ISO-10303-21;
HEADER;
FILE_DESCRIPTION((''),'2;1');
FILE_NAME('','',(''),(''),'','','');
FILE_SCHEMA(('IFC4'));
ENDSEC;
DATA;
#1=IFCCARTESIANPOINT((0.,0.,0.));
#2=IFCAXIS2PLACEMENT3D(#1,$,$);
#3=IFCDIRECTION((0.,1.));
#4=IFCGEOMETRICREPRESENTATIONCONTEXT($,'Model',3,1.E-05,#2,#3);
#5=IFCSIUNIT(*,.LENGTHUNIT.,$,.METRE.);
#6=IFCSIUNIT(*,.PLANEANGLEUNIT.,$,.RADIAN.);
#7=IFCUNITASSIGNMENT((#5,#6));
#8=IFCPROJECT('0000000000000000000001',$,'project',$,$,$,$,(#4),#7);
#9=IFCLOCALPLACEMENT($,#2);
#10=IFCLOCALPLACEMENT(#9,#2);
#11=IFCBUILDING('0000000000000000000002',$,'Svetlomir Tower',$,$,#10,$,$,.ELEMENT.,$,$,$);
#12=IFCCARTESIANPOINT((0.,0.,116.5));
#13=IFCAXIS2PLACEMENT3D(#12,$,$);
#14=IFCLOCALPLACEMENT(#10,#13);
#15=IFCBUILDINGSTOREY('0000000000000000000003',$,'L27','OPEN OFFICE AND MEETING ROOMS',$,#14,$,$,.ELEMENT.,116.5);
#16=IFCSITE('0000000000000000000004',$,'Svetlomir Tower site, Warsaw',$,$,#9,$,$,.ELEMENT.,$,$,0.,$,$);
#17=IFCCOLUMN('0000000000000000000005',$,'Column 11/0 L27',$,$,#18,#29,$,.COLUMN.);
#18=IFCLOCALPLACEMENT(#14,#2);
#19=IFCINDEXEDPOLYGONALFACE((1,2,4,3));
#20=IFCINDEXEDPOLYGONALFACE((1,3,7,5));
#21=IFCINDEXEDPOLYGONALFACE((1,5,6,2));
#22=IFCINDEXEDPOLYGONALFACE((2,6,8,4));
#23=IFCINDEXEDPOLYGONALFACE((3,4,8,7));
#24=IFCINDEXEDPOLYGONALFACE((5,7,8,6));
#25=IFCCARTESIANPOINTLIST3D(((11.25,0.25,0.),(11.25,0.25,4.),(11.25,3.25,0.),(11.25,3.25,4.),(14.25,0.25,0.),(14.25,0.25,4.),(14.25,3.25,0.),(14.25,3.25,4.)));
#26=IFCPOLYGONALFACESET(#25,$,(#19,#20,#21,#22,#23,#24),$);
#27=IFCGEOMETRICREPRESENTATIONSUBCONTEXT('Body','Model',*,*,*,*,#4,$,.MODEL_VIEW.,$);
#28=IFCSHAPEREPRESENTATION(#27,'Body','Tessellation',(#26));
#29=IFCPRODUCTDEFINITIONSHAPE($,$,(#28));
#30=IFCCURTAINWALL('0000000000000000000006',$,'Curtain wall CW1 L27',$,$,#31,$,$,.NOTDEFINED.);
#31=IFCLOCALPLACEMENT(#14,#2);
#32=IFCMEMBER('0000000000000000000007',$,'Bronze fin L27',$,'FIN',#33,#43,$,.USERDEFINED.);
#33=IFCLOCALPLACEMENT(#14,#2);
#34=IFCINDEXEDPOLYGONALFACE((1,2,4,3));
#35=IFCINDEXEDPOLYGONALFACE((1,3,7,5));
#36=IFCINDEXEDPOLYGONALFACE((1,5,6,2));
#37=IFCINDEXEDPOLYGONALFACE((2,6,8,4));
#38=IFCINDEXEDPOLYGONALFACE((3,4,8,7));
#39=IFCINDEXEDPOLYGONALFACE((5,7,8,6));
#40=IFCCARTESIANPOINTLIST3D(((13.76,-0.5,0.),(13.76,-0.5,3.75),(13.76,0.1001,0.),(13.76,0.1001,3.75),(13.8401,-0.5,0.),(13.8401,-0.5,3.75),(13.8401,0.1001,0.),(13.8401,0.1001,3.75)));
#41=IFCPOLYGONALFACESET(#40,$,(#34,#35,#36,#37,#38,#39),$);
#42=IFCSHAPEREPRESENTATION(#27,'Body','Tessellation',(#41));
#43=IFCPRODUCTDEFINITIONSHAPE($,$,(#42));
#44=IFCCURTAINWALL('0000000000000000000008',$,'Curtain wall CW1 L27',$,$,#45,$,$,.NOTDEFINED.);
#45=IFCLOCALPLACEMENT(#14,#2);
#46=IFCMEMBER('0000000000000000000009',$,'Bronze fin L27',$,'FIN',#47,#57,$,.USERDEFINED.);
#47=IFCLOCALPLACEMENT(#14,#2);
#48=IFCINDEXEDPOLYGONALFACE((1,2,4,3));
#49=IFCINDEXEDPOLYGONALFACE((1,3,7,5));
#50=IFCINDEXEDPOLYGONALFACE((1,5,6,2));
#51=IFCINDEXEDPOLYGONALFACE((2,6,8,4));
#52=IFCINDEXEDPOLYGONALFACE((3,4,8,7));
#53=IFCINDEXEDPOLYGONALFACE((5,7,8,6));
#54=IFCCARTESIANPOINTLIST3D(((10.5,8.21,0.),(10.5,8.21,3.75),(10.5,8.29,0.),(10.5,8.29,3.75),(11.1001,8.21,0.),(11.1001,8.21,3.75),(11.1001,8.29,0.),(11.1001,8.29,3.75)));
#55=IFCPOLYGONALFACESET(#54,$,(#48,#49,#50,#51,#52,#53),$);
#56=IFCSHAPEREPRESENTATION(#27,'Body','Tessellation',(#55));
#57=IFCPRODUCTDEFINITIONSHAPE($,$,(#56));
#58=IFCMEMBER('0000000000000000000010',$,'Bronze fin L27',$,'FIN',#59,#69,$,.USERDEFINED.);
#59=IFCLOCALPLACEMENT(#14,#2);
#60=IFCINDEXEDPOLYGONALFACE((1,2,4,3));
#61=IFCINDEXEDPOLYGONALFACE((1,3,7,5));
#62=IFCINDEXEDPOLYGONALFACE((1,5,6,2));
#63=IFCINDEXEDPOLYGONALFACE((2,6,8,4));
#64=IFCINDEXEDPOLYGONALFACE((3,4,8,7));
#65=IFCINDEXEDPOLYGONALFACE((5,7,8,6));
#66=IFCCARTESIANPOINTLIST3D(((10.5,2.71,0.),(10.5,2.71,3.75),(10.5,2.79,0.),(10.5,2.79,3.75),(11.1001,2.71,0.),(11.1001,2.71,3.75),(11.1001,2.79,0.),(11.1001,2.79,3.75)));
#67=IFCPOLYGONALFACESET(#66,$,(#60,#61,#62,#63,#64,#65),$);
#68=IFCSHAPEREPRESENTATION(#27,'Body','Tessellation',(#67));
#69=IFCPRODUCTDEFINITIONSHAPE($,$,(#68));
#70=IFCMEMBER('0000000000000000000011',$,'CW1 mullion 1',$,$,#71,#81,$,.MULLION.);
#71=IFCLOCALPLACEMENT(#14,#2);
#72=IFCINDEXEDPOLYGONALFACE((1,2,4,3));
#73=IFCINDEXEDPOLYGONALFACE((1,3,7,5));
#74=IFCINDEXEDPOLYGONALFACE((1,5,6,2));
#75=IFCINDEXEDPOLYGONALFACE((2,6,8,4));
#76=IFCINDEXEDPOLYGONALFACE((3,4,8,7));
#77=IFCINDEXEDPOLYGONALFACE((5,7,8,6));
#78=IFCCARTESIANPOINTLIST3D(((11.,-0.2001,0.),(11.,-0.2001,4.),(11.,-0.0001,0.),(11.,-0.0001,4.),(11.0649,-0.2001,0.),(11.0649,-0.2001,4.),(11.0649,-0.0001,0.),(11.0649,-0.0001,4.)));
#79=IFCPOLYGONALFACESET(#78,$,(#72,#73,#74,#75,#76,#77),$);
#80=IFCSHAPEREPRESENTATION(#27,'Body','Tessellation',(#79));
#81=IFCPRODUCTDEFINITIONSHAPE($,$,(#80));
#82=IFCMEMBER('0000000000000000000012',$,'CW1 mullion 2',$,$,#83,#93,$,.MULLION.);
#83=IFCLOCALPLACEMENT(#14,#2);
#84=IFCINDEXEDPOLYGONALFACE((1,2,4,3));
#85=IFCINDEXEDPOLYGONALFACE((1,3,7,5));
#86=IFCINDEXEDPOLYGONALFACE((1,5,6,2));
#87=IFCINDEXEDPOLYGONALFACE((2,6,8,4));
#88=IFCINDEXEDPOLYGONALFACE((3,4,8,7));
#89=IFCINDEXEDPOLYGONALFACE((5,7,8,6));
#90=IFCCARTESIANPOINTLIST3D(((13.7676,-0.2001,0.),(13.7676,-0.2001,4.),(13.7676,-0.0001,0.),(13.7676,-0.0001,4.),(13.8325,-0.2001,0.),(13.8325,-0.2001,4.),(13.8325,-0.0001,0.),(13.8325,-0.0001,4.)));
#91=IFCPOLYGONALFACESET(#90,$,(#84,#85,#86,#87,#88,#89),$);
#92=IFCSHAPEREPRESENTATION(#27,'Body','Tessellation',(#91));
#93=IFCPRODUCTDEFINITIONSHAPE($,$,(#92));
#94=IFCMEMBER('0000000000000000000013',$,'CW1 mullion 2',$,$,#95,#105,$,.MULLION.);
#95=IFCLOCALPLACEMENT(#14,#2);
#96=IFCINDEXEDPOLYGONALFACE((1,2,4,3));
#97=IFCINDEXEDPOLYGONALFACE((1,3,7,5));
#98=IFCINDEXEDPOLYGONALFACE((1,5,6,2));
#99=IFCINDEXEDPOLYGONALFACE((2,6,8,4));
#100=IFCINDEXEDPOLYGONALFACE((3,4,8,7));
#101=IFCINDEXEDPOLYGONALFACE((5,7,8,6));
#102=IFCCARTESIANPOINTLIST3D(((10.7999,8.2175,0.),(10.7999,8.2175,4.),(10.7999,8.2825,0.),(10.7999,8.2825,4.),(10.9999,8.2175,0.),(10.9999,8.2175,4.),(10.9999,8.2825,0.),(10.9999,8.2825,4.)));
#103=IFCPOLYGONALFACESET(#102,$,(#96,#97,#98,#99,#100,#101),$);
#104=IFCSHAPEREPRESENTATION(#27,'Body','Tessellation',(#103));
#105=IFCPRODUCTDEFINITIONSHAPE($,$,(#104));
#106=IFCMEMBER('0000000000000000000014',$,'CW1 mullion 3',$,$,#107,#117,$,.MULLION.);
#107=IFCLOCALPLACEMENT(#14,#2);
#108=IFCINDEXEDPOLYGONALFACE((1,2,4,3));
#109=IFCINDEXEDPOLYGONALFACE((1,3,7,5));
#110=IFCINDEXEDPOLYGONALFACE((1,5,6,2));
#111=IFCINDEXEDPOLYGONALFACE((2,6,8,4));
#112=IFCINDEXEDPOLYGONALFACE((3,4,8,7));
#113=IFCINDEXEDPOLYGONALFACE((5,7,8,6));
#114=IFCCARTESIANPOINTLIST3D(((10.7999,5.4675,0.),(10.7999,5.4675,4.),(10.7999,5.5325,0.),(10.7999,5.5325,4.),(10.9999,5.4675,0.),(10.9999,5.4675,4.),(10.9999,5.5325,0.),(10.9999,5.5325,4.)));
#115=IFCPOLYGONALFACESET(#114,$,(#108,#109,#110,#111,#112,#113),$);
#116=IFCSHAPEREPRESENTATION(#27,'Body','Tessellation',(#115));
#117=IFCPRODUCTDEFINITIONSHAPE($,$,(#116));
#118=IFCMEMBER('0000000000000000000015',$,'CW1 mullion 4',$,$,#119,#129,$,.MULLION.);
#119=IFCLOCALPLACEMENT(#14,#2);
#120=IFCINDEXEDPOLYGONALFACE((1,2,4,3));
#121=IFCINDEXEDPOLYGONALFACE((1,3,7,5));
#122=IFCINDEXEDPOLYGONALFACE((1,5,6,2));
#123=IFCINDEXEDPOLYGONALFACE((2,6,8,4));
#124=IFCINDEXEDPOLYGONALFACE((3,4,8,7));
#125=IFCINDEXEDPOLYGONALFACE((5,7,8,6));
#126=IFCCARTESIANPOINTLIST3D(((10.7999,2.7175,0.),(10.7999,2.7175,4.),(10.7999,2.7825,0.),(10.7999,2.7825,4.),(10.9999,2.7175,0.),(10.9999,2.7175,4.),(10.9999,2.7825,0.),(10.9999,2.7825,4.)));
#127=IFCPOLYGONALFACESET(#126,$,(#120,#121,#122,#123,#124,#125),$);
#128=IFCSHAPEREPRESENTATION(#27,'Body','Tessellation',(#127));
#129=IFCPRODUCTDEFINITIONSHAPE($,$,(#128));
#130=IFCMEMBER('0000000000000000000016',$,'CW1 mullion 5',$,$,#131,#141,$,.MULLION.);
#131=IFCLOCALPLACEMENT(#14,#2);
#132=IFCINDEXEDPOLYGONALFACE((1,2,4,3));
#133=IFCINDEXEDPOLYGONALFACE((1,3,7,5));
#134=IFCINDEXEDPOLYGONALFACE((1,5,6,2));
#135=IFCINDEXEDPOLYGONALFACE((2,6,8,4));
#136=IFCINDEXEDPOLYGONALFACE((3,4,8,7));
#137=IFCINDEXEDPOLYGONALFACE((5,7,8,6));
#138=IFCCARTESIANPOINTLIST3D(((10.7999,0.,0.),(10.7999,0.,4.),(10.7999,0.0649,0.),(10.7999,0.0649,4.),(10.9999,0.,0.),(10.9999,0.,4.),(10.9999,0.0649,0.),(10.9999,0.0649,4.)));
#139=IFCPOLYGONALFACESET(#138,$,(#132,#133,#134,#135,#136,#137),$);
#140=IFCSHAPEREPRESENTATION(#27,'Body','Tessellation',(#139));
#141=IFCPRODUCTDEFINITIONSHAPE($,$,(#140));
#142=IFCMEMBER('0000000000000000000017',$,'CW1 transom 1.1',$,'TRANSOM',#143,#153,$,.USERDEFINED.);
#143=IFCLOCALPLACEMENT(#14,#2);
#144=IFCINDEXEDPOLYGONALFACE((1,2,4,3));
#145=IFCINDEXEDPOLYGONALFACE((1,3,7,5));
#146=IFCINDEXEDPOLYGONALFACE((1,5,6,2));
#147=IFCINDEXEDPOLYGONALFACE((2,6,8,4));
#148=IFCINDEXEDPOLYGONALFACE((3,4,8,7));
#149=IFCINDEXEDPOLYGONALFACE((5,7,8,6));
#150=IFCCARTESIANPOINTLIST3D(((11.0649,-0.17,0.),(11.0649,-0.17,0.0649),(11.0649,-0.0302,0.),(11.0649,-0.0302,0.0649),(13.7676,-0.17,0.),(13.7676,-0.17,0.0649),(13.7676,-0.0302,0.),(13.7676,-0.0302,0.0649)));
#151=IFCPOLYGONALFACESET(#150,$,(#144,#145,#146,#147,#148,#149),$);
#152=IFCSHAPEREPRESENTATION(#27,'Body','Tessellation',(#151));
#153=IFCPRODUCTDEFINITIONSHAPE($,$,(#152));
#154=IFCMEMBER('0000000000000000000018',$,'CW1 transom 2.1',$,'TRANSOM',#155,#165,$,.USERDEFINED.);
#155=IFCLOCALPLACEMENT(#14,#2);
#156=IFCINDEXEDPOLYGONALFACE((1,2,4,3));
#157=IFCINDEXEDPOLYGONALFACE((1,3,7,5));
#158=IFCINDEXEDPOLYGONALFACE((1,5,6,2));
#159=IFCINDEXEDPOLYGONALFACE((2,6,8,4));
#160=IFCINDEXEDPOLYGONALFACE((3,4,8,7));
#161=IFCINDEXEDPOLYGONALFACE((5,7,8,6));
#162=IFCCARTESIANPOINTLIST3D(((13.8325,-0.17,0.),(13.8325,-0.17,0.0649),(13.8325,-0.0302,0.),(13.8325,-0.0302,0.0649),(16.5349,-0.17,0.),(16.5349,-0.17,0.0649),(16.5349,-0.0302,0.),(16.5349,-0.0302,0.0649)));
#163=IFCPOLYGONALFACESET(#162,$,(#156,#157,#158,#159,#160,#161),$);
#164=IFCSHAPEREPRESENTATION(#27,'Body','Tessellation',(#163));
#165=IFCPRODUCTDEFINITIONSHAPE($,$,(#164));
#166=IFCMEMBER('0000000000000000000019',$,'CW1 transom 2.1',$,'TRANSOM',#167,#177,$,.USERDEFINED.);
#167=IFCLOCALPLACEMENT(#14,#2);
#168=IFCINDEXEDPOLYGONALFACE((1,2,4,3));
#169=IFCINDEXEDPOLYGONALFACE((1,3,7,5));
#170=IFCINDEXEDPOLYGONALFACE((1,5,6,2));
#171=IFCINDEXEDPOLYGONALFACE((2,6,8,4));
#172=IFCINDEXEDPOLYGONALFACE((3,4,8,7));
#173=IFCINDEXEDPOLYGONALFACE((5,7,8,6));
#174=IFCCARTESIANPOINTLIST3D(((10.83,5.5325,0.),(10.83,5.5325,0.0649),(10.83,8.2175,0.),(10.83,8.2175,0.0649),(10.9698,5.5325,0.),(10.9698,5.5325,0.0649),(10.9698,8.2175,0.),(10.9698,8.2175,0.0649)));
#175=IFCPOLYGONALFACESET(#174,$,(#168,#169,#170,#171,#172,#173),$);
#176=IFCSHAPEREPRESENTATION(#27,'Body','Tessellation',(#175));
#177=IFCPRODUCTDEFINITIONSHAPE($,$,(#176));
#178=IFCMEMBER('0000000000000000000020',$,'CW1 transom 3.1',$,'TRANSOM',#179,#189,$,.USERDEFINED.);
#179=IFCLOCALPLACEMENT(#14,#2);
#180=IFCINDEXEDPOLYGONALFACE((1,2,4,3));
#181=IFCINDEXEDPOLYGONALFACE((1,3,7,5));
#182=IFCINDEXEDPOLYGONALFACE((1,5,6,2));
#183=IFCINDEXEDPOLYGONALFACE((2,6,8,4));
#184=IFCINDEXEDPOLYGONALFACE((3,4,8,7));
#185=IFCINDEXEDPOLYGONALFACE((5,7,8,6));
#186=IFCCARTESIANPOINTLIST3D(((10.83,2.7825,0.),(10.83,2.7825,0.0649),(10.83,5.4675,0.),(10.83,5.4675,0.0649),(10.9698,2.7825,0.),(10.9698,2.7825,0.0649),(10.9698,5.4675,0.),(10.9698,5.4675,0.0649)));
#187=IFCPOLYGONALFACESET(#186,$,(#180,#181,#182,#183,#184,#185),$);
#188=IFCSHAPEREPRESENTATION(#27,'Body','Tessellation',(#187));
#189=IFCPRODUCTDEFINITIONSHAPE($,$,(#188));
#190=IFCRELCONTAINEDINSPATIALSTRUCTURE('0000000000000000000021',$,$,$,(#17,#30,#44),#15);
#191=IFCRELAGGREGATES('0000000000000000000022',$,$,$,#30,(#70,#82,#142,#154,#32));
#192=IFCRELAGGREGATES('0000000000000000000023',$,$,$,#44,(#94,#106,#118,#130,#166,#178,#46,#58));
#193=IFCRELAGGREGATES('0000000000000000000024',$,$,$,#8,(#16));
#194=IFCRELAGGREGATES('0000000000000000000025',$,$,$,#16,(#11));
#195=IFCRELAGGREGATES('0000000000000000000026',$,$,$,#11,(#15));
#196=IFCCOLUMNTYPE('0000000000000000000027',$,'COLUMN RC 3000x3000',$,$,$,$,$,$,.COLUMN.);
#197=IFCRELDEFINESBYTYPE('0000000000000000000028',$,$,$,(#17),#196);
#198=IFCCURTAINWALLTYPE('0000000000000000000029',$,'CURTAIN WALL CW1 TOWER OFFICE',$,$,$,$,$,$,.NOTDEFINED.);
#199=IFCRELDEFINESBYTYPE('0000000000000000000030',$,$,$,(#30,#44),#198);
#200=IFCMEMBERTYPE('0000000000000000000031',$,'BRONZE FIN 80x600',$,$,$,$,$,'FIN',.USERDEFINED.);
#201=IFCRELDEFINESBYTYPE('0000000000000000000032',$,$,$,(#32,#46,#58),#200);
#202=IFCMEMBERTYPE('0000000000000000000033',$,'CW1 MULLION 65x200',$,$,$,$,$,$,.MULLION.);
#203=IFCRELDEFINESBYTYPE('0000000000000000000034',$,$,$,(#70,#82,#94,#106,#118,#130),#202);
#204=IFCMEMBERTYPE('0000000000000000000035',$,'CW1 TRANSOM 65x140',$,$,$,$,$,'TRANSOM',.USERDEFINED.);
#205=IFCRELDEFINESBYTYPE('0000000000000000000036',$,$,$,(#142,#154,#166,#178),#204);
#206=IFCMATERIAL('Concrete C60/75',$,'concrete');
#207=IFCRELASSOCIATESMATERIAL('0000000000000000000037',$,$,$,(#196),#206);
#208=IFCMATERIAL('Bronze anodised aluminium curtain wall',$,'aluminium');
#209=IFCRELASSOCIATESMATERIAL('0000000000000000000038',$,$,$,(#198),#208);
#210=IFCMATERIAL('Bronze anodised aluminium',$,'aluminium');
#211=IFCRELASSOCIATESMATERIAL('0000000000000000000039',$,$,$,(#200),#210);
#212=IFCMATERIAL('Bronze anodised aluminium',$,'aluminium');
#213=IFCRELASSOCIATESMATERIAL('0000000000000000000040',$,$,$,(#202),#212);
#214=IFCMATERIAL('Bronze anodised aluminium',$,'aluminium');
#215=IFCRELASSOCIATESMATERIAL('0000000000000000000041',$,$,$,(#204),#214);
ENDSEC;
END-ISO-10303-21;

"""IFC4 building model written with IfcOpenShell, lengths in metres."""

from ifc_helpers import new_model, si_unit, direction, frame, origin, origin_2d, place, context, subcontext, project, spatial, rectangle, extrude, material, material_profile, profile_set, type_object, element, aggregate, save


model = new_model("IFC4")

# Units and contexts
model_context = context("Model", 3, precision=1e-05, world=origin(), true_north=direction((0.0, 1.0)))
body_context = subcontext(model_context, "Body", "Model", "MODEL_VIEW")
ifc_project = project(units=[si_unit("LENGTHUNIT", "METRE"), si_unit("PLANEANGLEUNIT", "RADIAN")], contexts=[model_context])

# Site, building, storey
site_placement = place(None, origin())
site = spatial("IfcSite", under=ifc_project, at=site_placement, Name="Svetlomir Tower site, Warsaw", CompositionType="ELEMENT", RefElevation=0.0)
building_placement = place(site_placement, origin())
building = spatial("IfcBuilding", under=site, at=building_placement, Name="Svetlomir Tower", CompositionType="ELEMENT")
storey_placement = place(building_placement, frame((0.0, 0.0, 116.5)))
storey = spatial("IfcBuildingStorey", under=building, at=storey_placement, Name="L27", Description="OPEN OFFICE AND MEETING ROOMS", CompositionType="ELEMENT", Elevation=116.5)

# Column
ifc_material_1 = material(Name="Concrete C60/75", Category="concrete")
ifc_material_profile_1 = material_profile(ifc_material_1, rectangle(XDim=3.0, YDim=3.0, at=origin_2d()), Name="RC 3000x3000")
ifc_profile_set_1 = profile_set([ifc_material_profile_1], Name="Concrete C60/75")
column_type = type_object("IfcColumnType", Name="COLUMN RC 3000x3000", PredefinedType="COLUMN", material=ifc_profile_set_1)
column_placement = place(storey_placement, frame((12.75, 1.75, 0.0), z_axis=(0.0, 0.0, 1.0), x_axis=(1.0, 0.0, 0.0)))
element("IfcColumn", 1, at=column_placement, inside=storey, type_object=column_type, Name="Column 11/0 L27", PredefinedType="COLUMN", context=body_context, shape_type="SweptSolid", body=[
    extrude(rectangle(XDim=3.0, YDim=3.0, at=origin_2d()), origin(), (0.0, 0.0, 1.0), 4.0),
])

# Curtain wall, member
ifc_material_2 = material(Name="Bronze anodised aluminium curtain wall", Category="aluminium")
curtain_wall_type = type_object("IfcCurtainWallType", Name="CURTAIN WALL CW1 TOWER OFFICE", PredefinedType="NOTDEFINED", material=ifc_material_2)
curtain_wall_1_placement = place(storey_placement, origin())
curtain_wall_1 = element("IfcCurtainWall", 2, at=curtain_wall_1_placement, inside=storey, type_object=curtain_wall_type, Name="Curtain wall CW1 L27", PredefinedType="NOTDEFINED")
ifc_material_3 = material(Name="Bronze anodised aluminium", Category="aluminium")
ifc_material_profile_2 = material_profile(ifc_material_3, rectangle(XDim=0.0801, YDim=0.6001, at=origin_2d()), Name="FIN 80x600")
ifc_profile_set_2 = profile_set([ifc_material_profile_2], Name="Bronze anodised aluminium 6063-T6")
member_type_1 = type_object("IfcMemberType", Name="BRONZE FIN 80x600", ElementType="FIN", PredefinedType="USERDEFINED", material=ifc_profile_set_2)
member_1_placement = place(storey_placement, frame((13.8, -0.2, 0.0), z_axis=(0.0, 0.0, 1.0), x_axis=(1.0, 0.0, 0.0)))
member_1 = element("IfcMember", 3, at=member_1_placement, type_object=member_type_1, Name="Bronze fin L27", ObjectType="FIN", PredefinedType="USERDEFINED", context=body_context, shape_type="SweptSolid", body=[
    extrude(rectangle(XDim=0.0801, YDim=0.6001, at=origin_2d()), origin(), (0.0, 0.0, 1.0), 3.75),
])

# Curtain wall, members
curtain_wall_2_placement = place(storey_placement, origin())
curtain_wall_2 = element("IfcCurtainWall", 4, at=curtain_wall_2_placement, inside=storey, type_object=curtain_wall_type, Name="Curtain wall CW1 L27", PredefinedType="NOTDEFINED")
member_2_placement = place(storey_placement, frame((10.8, 8.25, 0.0), z_axis=(0.0, 0.0, 1.0), x_axis=(0.0, 1.0, 0.0)))
member_2 = element("IfcMember", 5, at=member_2_placement, type_object=member_type_1, Name="Bronze fin L27", ObjectType="FIN", PredefinedType="USERDEFINED", context=body_context, shape_type="SweptSolid", body=[
    extrude(rectangle(XDim=0.0801, YDim=0.6001, at=origin_2d()), origin(), (0.0, 0.0, 1.0), 3.75),
])
member_3_placement = place(storey_placement, frame((10.8, 2.75, 0.0), z_axis=(0.0, 0.0, 1.0), x_axis=(0.0, 1.0, 0.0)))
member_3 = element("IfcMember", 6, at=member_3_placement, type_object=member_type_1, Name="Bronze fin L27", ObjectType="FIN", PredefinedType="USERDEFINED", context=body_context, shape_type="SweptSolid", body=[
    extrude(rectangle(XDim=0.0801, YDim=0.6001, at=origin_2d()), origin(), (0.0, 0.0, 1.0), 3.75),
])

# Members
ifc_material_4 = material(Name="Bronze anodised aluminium", Category="aluminium")
ifc_material_profile_3 = material_profile(ifc_material_4, rectangle(XDim=0.0649, YDim=0.2, at=origin_2d()), Name="AL 65x200")
ifc_profile_set_3 = profile_set([ifc_material_profile_3], Name="Bronze anodised aluminium 6063-T6")
member_type_2 = type_object("IfcMemberType", Name="CW1 MULLION 65x200", PredefinedType="MULLION", material=ifc_profile_set_3)
member_4_placement = place(storey_placement, frame((11.0325, -0.1001, 0.0), z_axis=(0.0, 0.0, 1.0), x_axis=(1.0, 0.0, 0.0)))
member_4 = element("IfcMember", 7, at=member_4_placement, type_object=member_type_2, Name="CW1 mullion 1", PredefinedType="MULLION", context=body_context, shape_type="SweptSolid", body=[
    extrude(rectangle(XDim=0.0649, YDim=0.2, at=origin_2d()), origin(), (0.0, 0.0, 1.0), 4.0),
])
member_5_placement = place(storey_placement, frame((13.8, -0.1001, 0.0), z_axis=(0.0, 0.0, 1.0), x_axis=(1.0, 0.0, 0.0)))
member_5 = element("IfcMember", 8, at=member_5_placement, type_object=member_type_2, Name="CW1 mullion 2", PredefinedType="MULLION", context=body_context, shape_type="SweptSolid", body=[
    extrude(rectangle(XDim=0.0649, YDim=0.2, at=origin_2d()), origin(), (0.0, 0.0, 1.0), 4.0),
])
member_6_placement = place(storey_placement, frame((10.8999, 8.25, 0.0), z_axis=(0.0, 0.0, 1.0), x_axis=(0.0, -1.0, 0.0)))
member_6 = element("IfcMember", 9, at=member_6_placement, type_object=member_type_2, Name="CW1 mullion 2", PredefinedType="MULLION", context=body_context, shape_type="SweptSolid", body=[
    extrude(rectangle(XDim=0.0649, YDim=0.2, at=origin_2d()), origin(), (0.0, 0.0, 1.0), 4.0),
])
member_7_placement = place(storey_placement, frame((10.8999, 5.5, 0.0), z_axis=(0.0, 0.0, 1.0), x_axis=(0.0, -1.0, 0.0)))
member_7 = element("IfcMember", 10, at=member_7_placement, type_object=member_type_2, Name="CW1 mullion 3", PredefinedType="MULLION", context=body_context, shape_type="SweptSolid", body=[
    extrude(rectangle(XDim=0.0649, YDim=0.2, at=origin_2d()), origin(), (0.0, 0.0, 1.0), 4.0),
])
member_8_placement = place(storey_placement, frame((10.8999, 2.75, 0.0), z_axis=(0.0, 0.0, 1.0), x_axis=(0.0, -1.0, 0.0)))
member_8 = element("IfcMember", 11, at=member_8_placement, type_object=member_type_2, Name="CW1 mullion 4", PredefinedType="MULLION", context=body_context, shape_type="SweptSolid", body=[
    extrude(rectangle(XDim=0.0649, YDim=0.2, at=origin_2d()), origin(), (0.0, 0.0, 1.0), 4.0),
])
member_9_placement = place(storey_placement, frame((10.8999, 0.0325, 0.0), z_axis=(0.0, 0.0, 1.0), x_axis=(0.0, -1.0, 0.0)))
member_9 = element("IfcMember", 12, at=member_9_placement, type_object=member_type_2, Name="CW1 mullion 5", PredefinedType="MULLION", context=body_context, shape_type="SweptSolid", body=[
    extrude(rectangle(XDim=0.0649, YDim=0.2, at=origin_2d()), origin(), (0.0, 0.0, 1.0), 4.0),
])
ifc_material_5 = material(Name="Bronze anodised aluminium", Category="aluminium")
ifc_material_profile_4 = material_profile(ifc_material_5, rectangle(XDim=0.1399, YDim=0.0649, at=origin_2d()), Name="AL 140x65")
ifc_profile_set_4 = profile_set([ifc_material_profile_4], Name="Bronze anodised aluminium 6063-T6")
member_type_3 = type_object("IfcMemberType", Name="CW1 TRANSOM 65x140", ElementType="TRANSOM", PredefinedType="USERDEFINED", material=ifc_profile_set_4)
member_10_placement = place(storey_placement, frame((11.0649, -0.1001, 0.0325), z_axis=(1.0, 0.0, 0.0), x_axis=(0.0, 1.0, 0.0)))
member_10 = element("IfcMember", 13, at=member_10_placement, type_object=member_type_3, Name="CW1 transom 1.1", ObjectType="TRANSOM", PredefinedType="USERDEFINED", context=body_context, shape_type="SweptSolid", body=[
    extrude(rectangle(XDim=0.1399, YDim=0.0649, at=origin_2d()), origin(), (0.0, 0.0, 1.0), 2.7026),
])
member_11_placement = place(storey_placement, frame((13.8325, -0.1001, 0.0325), z_axis=(1.0, 0.0, 0.0), x_axis=(0.0, 1.0, 0.0)))
member_11 = element("IfcMember", 14, at=member_11_placement, type_object=member_type_3, Name="CW1 transom 2.1", ObjectType="TRANSOM", PredefinedType="USERDEFINED", context=body_context, shape_type="SweptSolid", body=[
    extrude(rectangle(XDim=0.1399, YDim=0.0649, at=origin_2d()), origin(), (0.0, 0.0, 1.0), 2.7024),
])
member_12_placement = place(storey_placement, frame((10.8999, 8.2175, 0.0325), z_axis=(0.0, -1.0, 0.0), x_axis=(1.0, 0.0, 0.0)))
member_12 = element("IfcMember", 15, at=member_12_placement, type_object=member_type_3, Name="CW1 transom 2.1", ObjectType="TRANSOM", PredefinedType="USERDEFINED", context=body_context, shape_type="SweptSolid", body=[
    extrude(rectangle(XDim=0.1399, YDim=0.0649, at=origin_2d()), origin(), (0.0, 0.0, 1.0), 2.6851),
])
member_13_placement = place(storey_placement, frame((10.8999, 5.4675, 0.0325), z_axis=(0.0, -1.0, 0.0), x_axis=(1.0, 0.0, 0.0)))
member_13 = element("IfcMember", 16, at=member_13_placement, type_object=member_type_3, Name="CW1 transom 3.1", ObjectType="TRANSOM", PredefinedType="USERDEFINED", context=body_context, shape_type="SweptSolid", body=[
    extrude(rectangle(XDim=0.1399, YDim=0.0649, at=origin_2d()), origin(), (0.0, 0.0, 1.0), 2.6851),
])

aggregate(curtain_wall_1, [member_4, member_5, member_10, member_11, member_1])
aggregate(curtain_wall_2, [member_6, member_7, member_8, member_9, member_12, member_13, member_2, member_3])

save(model, "model.ifc")
